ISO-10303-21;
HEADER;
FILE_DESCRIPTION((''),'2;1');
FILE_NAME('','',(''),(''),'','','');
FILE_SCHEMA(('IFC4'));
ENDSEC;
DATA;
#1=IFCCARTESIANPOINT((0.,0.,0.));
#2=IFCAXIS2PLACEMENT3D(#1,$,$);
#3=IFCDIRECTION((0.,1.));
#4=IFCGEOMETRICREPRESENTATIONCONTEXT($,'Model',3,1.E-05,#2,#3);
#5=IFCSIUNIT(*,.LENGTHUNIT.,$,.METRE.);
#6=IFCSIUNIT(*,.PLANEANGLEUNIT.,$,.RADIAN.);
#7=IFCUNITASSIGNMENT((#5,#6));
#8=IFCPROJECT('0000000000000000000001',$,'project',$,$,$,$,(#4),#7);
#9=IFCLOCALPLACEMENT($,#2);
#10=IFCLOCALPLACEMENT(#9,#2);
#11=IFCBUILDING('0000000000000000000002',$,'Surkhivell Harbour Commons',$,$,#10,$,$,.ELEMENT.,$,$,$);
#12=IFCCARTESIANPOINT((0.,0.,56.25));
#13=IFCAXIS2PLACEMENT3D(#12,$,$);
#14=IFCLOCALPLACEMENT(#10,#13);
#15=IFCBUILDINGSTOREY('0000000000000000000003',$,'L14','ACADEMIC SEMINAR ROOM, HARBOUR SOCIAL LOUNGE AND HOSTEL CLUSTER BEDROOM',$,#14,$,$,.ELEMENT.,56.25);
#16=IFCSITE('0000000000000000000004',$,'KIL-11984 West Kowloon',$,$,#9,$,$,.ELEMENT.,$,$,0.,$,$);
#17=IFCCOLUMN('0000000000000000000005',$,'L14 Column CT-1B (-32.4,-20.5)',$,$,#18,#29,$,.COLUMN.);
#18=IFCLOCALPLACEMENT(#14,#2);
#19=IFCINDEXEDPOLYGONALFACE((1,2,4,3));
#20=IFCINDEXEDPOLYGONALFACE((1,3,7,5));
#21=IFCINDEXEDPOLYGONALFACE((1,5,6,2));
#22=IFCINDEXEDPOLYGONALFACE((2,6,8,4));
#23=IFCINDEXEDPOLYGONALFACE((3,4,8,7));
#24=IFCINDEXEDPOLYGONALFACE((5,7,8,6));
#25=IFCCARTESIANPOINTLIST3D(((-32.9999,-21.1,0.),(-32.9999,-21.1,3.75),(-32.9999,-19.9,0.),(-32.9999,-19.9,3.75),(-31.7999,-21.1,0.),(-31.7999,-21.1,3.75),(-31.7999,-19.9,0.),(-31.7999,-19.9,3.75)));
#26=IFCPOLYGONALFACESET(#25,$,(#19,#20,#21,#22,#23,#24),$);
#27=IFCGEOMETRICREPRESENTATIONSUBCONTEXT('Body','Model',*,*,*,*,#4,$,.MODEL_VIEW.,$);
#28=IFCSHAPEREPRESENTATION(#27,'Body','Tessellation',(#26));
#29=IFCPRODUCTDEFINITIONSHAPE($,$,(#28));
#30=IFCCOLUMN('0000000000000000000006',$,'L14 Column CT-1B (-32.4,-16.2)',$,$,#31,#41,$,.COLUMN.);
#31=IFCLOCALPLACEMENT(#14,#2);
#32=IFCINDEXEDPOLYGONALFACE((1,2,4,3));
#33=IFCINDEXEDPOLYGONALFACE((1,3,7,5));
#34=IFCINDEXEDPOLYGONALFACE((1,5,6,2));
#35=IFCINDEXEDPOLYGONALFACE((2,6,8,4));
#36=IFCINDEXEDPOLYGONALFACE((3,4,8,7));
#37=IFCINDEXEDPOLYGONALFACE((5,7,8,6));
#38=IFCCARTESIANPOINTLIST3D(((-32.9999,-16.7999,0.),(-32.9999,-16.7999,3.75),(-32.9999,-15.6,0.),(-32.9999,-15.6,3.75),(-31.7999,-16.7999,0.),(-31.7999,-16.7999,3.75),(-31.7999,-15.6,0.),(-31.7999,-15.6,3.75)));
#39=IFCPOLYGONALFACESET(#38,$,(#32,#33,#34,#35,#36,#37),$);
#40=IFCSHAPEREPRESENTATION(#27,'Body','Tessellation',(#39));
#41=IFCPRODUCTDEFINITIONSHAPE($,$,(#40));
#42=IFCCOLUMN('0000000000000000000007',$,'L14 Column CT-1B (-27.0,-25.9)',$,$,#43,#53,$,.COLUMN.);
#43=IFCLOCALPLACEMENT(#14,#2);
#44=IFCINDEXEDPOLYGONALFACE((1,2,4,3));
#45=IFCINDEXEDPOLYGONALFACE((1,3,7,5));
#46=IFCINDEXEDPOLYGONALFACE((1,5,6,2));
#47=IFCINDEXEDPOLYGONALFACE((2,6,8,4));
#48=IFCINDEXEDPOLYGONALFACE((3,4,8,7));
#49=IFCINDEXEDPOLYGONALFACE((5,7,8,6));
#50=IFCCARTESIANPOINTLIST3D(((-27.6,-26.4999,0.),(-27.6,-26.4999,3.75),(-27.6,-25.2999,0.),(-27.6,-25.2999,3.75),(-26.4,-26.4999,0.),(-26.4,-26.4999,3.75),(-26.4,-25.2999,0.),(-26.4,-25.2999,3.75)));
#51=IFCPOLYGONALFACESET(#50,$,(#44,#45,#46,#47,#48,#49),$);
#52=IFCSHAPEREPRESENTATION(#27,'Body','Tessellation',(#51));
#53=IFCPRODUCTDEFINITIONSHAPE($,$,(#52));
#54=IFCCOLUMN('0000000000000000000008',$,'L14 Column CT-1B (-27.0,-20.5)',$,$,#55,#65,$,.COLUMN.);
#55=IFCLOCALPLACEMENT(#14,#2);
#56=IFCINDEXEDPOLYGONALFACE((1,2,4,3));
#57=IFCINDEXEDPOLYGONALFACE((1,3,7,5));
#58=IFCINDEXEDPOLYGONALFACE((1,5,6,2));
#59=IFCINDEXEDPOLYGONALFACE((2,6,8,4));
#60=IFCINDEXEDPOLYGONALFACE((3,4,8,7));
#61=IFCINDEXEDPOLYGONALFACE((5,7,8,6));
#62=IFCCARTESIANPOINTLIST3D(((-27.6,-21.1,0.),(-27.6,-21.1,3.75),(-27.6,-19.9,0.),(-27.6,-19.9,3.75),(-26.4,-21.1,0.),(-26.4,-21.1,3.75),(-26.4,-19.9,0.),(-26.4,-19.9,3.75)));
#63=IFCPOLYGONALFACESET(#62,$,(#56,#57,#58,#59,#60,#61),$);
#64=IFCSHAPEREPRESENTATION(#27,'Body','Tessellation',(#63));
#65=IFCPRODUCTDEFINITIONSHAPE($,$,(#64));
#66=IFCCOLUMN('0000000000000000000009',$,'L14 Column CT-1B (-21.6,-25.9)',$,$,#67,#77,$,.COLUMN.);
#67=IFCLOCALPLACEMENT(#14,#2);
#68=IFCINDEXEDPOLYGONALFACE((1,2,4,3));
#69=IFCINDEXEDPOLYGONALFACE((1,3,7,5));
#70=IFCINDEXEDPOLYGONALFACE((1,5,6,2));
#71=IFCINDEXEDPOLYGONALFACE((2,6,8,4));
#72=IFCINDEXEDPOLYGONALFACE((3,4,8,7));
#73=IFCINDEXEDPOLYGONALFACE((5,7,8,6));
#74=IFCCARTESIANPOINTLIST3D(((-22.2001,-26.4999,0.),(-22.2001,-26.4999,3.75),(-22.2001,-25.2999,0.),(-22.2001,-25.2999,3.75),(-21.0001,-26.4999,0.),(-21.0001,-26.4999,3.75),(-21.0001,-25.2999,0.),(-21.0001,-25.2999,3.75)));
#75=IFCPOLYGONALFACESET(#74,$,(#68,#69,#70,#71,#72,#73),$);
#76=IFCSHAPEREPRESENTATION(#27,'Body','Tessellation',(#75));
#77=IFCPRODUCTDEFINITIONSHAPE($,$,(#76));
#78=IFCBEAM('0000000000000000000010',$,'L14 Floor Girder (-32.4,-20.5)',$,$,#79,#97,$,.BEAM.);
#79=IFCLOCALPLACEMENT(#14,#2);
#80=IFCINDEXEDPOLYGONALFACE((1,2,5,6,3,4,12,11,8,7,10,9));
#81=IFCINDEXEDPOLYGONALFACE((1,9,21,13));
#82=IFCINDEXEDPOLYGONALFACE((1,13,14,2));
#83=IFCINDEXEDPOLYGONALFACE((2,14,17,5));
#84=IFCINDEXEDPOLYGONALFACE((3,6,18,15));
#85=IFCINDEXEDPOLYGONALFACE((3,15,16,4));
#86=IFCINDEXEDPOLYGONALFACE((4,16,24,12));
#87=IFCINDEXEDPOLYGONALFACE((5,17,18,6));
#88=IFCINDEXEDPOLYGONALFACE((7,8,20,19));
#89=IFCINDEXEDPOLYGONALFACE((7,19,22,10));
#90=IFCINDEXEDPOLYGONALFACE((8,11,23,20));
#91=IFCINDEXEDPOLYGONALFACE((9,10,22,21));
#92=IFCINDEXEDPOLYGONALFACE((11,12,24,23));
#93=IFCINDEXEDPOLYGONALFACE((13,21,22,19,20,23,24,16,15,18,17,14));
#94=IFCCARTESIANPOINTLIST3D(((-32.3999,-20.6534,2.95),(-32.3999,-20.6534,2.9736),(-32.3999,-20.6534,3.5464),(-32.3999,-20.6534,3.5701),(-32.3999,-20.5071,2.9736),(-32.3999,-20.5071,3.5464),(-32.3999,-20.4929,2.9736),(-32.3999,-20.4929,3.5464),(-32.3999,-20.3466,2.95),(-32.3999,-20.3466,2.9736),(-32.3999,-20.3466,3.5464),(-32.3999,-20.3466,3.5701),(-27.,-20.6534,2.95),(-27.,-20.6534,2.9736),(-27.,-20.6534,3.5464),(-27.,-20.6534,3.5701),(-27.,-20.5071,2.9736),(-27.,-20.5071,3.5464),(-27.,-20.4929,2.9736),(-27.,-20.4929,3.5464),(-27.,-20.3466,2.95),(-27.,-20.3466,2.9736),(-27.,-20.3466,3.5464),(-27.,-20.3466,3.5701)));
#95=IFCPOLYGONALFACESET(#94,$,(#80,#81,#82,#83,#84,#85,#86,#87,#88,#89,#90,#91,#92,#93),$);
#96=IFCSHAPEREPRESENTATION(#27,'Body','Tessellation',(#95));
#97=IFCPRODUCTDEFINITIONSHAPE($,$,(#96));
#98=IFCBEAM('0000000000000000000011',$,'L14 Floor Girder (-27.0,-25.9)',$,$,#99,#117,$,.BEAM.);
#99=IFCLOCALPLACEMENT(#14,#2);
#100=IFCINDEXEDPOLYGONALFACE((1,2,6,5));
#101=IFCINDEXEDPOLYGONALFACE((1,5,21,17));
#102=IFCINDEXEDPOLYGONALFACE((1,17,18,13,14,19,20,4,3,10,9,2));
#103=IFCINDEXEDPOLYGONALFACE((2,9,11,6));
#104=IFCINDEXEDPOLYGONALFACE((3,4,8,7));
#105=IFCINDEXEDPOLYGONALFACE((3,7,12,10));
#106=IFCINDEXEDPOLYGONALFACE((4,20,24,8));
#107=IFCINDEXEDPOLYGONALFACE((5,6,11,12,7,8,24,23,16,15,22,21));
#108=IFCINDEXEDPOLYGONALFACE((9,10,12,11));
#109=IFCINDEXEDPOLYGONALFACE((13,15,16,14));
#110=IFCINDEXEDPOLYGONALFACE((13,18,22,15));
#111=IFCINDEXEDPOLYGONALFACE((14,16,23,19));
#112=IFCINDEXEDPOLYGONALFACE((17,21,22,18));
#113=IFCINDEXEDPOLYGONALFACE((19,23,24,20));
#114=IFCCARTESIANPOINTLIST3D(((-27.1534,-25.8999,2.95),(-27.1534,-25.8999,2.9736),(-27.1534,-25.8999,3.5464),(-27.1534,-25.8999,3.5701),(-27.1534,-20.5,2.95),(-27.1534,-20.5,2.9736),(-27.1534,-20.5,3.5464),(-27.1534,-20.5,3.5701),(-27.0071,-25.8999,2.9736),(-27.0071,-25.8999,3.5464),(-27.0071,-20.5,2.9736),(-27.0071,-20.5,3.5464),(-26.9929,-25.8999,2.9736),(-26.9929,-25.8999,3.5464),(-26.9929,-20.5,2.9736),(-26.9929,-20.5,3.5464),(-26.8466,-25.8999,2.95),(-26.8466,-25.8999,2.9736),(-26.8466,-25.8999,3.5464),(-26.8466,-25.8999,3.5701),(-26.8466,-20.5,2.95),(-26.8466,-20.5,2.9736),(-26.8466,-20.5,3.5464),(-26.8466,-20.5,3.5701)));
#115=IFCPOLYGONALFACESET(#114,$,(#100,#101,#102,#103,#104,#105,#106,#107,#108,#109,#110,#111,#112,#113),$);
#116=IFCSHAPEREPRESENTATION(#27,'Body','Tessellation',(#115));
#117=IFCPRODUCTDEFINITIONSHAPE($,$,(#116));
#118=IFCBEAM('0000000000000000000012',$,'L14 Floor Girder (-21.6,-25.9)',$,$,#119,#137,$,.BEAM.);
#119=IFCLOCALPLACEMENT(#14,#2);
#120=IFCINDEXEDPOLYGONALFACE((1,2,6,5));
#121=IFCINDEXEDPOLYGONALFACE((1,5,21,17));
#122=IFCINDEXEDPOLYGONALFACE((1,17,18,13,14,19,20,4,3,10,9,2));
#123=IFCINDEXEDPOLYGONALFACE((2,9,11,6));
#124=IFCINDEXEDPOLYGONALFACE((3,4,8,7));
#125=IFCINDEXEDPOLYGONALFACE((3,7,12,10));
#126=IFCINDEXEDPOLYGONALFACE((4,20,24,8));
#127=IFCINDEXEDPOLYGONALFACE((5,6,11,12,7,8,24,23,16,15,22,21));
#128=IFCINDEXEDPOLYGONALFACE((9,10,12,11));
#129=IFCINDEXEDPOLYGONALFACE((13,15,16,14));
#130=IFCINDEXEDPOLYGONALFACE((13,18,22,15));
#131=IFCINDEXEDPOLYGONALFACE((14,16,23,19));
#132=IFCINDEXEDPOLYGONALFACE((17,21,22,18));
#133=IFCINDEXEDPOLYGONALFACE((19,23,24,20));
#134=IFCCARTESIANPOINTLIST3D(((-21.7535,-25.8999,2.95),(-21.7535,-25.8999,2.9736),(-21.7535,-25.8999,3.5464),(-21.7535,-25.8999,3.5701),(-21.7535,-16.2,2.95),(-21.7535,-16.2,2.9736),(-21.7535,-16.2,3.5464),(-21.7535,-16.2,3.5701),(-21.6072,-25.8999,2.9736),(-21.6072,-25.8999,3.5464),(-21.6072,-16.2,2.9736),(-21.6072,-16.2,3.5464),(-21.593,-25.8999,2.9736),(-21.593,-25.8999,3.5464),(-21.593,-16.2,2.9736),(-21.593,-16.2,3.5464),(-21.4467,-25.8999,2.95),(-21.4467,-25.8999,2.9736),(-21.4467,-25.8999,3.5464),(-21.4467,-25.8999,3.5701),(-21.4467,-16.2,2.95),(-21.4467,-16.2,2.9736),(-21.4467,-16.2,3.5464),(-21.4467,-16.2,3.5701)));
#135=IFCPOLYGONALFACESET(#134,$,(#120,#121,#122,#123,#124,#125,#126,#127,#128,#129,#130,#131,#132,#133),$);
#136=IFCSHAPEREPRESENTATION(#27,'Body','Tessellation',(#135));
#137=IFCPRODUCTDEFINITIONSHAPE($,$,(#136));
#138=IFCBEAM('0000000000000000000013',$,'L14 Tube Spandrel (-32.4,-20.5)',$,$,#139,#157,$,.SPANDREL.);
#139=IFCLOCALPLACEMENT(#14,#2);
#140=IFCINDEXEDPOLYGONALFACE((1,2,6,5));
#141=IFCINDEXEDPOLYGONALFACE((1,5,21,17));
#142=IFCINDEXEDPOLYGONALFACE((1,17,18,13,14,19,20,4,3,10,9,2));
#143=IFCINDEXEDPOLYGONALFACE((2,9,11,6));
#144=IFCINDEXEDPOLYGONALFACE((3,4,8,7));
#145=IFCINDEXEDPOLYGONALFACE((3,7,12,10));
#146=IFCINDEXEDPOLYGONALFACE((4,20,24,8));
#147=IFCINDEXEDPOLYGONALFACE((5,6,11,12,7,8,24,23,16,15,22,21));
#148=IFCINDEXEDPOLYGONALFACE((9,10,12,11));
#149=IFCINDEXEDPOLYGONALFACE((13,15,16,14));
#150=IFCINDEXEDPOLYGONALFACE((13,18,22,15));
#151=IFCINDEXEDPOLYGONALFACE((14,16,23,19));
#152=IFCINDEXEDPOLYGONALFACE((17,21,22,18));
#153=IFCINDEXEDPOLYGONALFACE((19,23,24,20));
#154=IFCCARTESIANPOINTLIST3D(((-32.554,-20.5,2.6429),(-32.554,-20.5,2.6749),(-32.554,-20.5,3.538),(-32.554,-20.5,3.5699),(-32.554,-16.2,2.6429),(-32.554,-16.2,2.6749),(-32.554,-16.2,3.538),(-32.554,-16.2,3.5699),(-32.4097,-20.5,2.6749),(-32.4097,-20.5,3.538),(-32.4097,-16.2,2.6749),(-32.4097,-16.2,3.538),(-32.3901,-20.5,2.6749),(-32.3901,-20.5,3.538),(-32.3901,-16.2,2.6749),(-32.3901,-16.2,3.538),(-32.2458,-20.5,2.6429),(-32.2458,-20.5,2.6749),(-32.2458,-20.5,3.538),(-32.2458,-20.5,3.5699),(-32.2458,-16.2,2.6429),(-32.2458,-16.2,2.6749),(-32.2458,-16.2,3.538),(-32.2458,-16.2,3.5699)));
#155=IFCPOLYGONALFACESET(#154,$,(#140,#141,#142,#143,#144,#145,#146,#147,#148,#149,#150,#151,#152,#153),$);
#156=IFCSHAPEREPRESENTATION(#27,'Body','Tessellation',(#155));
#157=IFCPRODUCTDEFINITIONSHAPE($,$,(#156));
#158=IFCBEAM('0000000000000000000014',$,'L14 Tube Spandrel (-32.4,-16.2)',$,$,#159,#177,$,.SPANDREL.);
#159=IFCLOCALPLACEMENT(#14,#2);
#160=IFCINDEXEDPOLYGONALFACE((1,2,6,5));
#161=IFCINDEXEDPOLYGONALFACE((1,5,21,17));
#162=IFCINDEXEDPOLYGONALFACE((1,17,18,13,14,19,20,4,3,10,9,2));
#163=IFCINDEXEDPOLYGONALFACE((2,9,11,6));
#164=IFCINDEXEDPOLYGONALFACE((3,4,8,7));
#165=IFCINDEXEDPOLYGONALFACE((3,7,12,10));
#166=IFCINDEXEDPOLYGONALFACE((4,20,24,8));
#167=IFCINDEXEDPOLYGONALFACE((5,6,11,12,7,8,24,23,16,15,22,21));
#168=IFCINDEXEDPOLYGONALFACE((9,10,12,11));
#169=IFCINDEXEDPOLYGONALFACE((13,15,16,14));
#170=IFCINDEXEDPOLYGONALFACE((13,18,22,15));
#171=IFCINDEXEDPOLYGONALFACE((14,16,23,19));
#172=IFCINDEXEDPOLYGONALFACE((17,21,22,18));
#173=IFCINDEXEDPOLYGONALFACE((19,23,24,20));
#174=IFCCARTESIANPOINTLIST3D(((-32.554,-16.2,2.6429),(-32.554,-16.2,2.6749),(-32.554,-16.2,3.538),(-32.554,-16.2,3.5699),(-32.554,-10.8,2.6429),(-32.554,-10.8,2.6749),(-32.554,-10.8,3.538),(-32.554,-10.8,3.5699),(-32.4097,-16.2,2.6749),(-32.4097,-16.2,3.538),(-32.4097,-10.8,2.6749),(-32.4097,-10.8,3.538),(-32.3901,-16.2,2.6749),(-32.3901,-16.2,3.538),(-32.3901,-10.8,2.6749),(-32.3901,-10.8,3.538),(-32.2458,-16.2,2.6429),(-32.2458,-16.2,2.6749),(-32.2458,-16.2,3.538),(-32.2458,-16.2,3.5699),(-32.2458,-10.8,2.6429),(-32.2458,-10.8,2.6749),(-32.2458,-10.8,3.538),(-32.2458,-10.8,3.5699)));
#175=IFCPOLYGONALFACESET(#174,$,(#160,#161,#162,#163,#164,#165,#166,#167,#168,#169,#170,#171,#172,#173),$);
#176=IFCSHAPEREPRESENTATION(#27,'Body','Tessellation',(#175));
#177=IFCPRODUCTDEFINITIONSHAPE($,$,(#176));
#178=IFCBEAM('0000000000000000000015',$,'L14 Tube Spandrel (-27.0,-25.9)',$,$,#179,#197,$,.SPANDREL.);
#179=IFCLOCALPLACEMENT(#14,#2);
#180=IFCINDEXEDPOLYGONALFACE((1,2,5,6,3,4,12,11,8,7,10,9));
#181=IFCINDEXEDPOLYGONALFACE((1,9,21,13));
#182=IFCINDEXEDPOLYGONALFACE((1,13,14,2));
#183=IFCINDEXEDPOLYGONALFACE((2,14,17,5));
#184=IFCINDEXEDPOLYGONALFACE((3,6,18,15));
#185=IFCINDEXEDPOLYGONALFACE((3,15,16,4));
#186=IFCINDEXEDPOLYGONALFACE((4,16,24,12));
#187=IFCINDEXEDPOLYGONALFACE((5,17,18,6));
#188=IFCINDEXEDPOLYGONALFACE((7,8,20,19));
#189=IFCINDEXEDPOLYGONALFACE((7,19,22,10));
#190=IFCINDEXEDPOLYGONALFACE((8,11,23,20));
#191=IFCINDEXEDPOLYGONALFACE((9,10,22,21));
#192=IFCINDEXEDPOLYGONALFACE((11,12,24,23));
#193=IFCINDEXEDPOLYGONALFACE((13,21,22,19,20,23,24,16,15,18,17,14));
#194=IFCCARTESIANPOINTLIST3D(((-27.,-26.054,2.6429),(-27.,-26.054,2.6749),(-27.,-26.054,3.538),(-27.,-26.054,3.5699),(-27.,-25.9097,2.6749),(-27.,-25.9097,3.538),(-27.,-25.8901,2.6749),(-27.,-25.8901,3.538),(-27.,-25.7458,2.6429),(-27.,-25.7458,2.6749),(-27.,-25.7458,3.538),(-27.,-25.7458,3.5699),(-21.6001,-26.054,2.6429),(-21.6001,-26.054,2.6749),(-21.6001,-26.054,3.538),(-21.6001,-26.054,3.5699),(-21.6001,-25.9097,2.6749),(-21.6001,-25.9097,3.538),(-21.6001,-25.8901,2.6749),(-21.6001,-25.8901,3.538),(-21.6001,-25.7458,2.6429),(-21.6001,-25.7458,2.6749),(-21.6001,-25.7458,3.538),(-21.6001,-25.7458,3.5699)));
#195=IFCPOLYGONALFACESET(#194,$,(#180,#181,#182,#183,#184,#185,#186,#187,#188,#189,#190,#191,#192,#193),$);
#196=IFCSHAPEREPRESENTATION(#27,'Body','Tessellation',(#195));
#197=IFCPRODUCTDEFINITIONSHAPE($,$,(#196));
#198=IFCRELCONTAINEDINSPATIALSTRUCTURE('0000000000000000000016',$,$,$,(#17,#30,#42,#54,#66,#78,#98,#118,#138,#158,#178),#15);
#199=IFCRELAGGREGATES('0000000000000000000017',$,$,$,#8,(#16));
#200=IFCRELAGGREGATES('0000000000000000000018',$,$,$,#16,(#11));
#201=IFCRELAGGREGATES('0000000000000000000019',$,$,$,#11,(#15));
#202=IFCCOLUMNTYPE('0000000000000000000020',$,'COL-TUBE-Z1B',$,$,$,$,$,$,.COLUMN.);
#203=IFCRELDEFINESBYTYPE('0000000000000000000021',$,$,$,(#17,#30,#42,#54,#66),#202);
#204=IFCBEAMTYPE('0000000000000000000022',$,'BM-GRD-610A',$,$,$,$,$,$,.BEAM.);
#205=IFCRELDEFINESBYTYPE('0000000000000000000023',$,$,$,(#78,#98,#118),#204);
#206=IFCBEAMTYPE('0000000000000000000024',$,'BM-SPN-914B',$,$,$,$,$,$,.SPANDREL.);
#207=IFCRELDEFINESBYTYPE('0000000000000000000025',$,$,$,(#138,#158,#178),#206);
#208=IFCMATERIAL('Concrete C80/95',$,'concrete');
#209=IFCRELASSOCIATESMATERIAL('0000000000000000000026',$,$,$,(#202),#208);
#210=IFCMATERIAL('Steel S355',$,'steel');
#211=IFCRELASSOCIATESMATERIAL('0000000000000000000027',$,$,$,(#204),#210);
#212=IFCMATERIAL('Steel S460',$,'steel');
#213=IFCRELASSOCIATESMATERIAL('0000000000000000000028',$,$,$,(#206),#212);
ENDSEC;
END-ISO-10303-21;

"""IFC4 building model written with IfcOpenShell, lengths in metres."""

from ifc_helpers import new_model, si_unit, direction, frame, origin, origin_2d, place, context, subcontext, project, spatial, rectangle, i_section, extrude, material, material_profile, profile_set, type_object, element, save


model = new_model("IFC4")

# Units and contexts
model_context = context("Model", 3, precision=1e-05, world=origin(), true_north=direction((0.0, 1.0)))
body_context = subcontext(model_context, "Body", "Model", "MODEL_VIEW")
ifc_project = project(units=[si_unit("LENGTHUNIT", "METRE"), si_unit("PLANEANGLEUNIT", "RADIAN")], contexts=[model_context])

# Site, building, storey
site_placement = place(None, origin())
site = spatial("IfcSite", under=ifc_project, at=site_placement, Name="KIL-11984 West Kowloon", CompositionType="ELEMENT", RefElevation=0.0)
building_placement = place(site_placement, origin())
building = spatial("IfcBuilding", under=site, at=building_placement, Name="Surkhivell Harbour Commons", CompositionType="ELEMENT")
storey_placement = place(building_placement, frame((0.0, 0.0, 56.25)))
storey = spatial("IfcBuildingStorey", under=building, at=storey_placement, Name="L14", Description="ACADEMIC SEMINAR ROOM, HARBOUR SOCIAL LOUNGE AND HOSTEL CLUSTER BEDROOM", CompositionType="ELEMENT", Elevation=56.25)

# Columns
ifc_material_1 = material(Name="Concrete C80/95", Category="concrete")
ifc_material_profile_1 = material_profile(ifc_material_1, rectangle(XDim=1.2, YDim=1.2, at=origin_2d()), Name="RC-COL-1200x1200")
ifc_profile_set_1 = profile_set([ifc_material_profile_1], Name="Concrete C80/95")
column_type = type_object("IfcColumnType", Name="COL-TUBE-Z1B", PredefinedType="COLUMN", material=ifc_profile_set_1)
for number, where, z_axis, x_axis, name in (
    (1, (-32.3999, -20.5, 0.0), (0.0, 0.0, 1.0), (1.0, 0.0, 0.0), "L14 Column CT-1B (-32.4,-20.5)"),
    (2, (-32.3999, -16.2, 0.0), (0.0, 0.0, 1.0), (1.0, 0.0, 0.0), "L14 Column CT-1B (-32.4,-16.2)"),
    (3, (-27.0, -25.8999, 0.0), (0.0, 0.0, 1.0), (1.0, 0.0, 0.0), "L14 Column CT-1B (-27.0,-25.9)"),
    (4, (-27.0, -20.5, 0.0), (0.0, 0.0, 1.0), (1.0, 0.0, 0.0), "L14 Column CT-1B (-27.0,-20.5)"),
    (5, (-21.6001, -25.8999, 0.0), (0.0, 0.0, 1.0), (1.0, 0.0, 0.0), "L14 Column CT-1B (-21.6,-25.9)"),
):
    element("IfcColumn", number, at=place(storey_placement, frame(where, z_axis=z_axis, x_axis=x_axis)), inside=storey, type_object=column_type, Name=name, PredefinedType="COLUMN", context=body_context, shape_type="SweptSolid", body=[
        extrude(rectangle(XDim=1.2, YDim=1.2, at=origin_2d()), origin(), (0.0, 0.0, 1.0), 3.75),
    ])

# Beams
ifc_material_2 = material(Name="Steel S355", Category="steel")
ifc_material_profile_2 = material_profile(ifc_material_2, i_section(OverallWidth=0.3069, OverallDepth=0.6201, WebThickness=0.0142, FlangeThickness=0.0237, at=origin_2d()), Name="UB610x305x179")
ifc_profile_set_2 = profile_set([ifc_material_profile_2], Name="Steel S355")
beam_type_1 = type_object("IfcBeamType", Name="BM-GRD-610A", PredefinedType="BEAM", material=ifc_profile_set_2)
for number, where, z_axis, x_axis, name in (
    (6, (-32.3999, -20.5, 3.26), (1.0, 0.0, 0.0), (0.0, 1.0, 0.0), "L14 Floor Girder (-32.4,-20.5)"),
    (7, (-27.0, -25.8999, 3.26), (0.0, 1.0, 0.0), (-1.0, 0.0, 0.0), "L14 Floor Girder (-27.0,-25.9)"),
):
    element("IfcBeam", number, at=place(storey_placement, frame(where, z_axis=z_axis, x_axis=x_axis)), inside=storey, type_object=beam_type_1, Name=name, PredefinedType="BEAM", context=body_context, shape_type="SweptSolid", body=[
        extrude(i_section(OverallWidth=0.3069, OverallDepth=0.6201, WebThickness=0.0142, FlangeThickness=0.0237, at=origin_2d()), origin(), (0.0, 0.0, 1.0), 5.3999),
    ])
beam_1_placement = place(storey_placement, frame((-21.6001, -25.8999, 3.26), z_axis=(0.0, 1.0, 0.0), x_axis=(-1.0, 0.0, 0.0)))
element("IfcBeam", 8, at=beam_1_placement, inside=storey, type_object=beam_type_1, Name="L14 Floor Girder (-21.6,-25.9)", PredefinedType="BEAM", context=body_context, shape_type="SweptSolid", body=[
    extrude(i_section(OverallWidth=0.3069, OverallDepth=0.6201, WebThickness=0.0142, FlangeThickness=0.0237, at=origin_2d()), origin(), (0.0, 0.0, 1.0), 9.7),
])
ifc_material_3 = material(Name="Steel S460", Category="steel")
ifc_material_profile_3 = material_profile(ifc_material_3, i_section(OverallWidth=0.3081, OverallDepth=0.927, WebThickness=0.0195, FlangeThickness=0.032, at=origin_2d()), Name="UB914x305x289")
ifc_profile_set_3 = profile_set([ifc_material_profile_3], Name="Steel S460")
beam_type_2 = type_object("IfcBeamType", Name="BM-SPN-914B", PredefinedType="SPANDREL", material=ifc_profile_set_3)
beam_2_placement = place(storey_placement, frame((-32.3999, -20.5, 3.1064), z_axis=(0.0, 1.0, 0.0), x_axis=(-1.0, 0.0, 0.0)))
element("IfcBeam", 9, at=beam_2_placement, inside=storey, type_object=beam_type_2, Name="L14 Tube Spandrel (-32.4,-20.5)", PredefinedType="SPANDREL", context=body_context, shape_type="SweptSolid", body=[
    extrude(i_section(OverallWidth=0.3081, OverallDepth=0.927, WebThickness=0.0195, FlangeThickness=0.032, at=origin_2d()), origin(), (0.0, 0.0, 1.0), 4.3),
])
for number, where, z_axis, x_axis, name in (
    (10, (-32.3999, -16.2, 3.1064), (0.0, 1.0, 0.0), (-1.0, 0.0, 0.0), "L14 Tube Spandrel (-32.4,-16.2)"),
    (11, (-27.0, -25.8999, 3.1064), (1.0, 0.0, 0.0), (0.0, 1.0, 0.0), "L14 Tube Spandrel (-27.0,-25.9)"),
):
    element("IfcBeam", number, at=place(storey_placement, frame(where, z_axis=z_axis, x_axis=x_axis)), inside=storey, type_object=beam_type_2, Name=name, PredefinedType="SPANDREL", context=body_context, shape_type="SweptSolid", body=[
        extrude(i_section(OverallWidth=0.3081, OverallDepth=0.927, WebThickness=0.0195, FlangeThickness=0.032, at=origin_2d()), origin(), (0.0, 0.0, 1.0), 5.3999),
    ])

save(model, "model.ifc")
